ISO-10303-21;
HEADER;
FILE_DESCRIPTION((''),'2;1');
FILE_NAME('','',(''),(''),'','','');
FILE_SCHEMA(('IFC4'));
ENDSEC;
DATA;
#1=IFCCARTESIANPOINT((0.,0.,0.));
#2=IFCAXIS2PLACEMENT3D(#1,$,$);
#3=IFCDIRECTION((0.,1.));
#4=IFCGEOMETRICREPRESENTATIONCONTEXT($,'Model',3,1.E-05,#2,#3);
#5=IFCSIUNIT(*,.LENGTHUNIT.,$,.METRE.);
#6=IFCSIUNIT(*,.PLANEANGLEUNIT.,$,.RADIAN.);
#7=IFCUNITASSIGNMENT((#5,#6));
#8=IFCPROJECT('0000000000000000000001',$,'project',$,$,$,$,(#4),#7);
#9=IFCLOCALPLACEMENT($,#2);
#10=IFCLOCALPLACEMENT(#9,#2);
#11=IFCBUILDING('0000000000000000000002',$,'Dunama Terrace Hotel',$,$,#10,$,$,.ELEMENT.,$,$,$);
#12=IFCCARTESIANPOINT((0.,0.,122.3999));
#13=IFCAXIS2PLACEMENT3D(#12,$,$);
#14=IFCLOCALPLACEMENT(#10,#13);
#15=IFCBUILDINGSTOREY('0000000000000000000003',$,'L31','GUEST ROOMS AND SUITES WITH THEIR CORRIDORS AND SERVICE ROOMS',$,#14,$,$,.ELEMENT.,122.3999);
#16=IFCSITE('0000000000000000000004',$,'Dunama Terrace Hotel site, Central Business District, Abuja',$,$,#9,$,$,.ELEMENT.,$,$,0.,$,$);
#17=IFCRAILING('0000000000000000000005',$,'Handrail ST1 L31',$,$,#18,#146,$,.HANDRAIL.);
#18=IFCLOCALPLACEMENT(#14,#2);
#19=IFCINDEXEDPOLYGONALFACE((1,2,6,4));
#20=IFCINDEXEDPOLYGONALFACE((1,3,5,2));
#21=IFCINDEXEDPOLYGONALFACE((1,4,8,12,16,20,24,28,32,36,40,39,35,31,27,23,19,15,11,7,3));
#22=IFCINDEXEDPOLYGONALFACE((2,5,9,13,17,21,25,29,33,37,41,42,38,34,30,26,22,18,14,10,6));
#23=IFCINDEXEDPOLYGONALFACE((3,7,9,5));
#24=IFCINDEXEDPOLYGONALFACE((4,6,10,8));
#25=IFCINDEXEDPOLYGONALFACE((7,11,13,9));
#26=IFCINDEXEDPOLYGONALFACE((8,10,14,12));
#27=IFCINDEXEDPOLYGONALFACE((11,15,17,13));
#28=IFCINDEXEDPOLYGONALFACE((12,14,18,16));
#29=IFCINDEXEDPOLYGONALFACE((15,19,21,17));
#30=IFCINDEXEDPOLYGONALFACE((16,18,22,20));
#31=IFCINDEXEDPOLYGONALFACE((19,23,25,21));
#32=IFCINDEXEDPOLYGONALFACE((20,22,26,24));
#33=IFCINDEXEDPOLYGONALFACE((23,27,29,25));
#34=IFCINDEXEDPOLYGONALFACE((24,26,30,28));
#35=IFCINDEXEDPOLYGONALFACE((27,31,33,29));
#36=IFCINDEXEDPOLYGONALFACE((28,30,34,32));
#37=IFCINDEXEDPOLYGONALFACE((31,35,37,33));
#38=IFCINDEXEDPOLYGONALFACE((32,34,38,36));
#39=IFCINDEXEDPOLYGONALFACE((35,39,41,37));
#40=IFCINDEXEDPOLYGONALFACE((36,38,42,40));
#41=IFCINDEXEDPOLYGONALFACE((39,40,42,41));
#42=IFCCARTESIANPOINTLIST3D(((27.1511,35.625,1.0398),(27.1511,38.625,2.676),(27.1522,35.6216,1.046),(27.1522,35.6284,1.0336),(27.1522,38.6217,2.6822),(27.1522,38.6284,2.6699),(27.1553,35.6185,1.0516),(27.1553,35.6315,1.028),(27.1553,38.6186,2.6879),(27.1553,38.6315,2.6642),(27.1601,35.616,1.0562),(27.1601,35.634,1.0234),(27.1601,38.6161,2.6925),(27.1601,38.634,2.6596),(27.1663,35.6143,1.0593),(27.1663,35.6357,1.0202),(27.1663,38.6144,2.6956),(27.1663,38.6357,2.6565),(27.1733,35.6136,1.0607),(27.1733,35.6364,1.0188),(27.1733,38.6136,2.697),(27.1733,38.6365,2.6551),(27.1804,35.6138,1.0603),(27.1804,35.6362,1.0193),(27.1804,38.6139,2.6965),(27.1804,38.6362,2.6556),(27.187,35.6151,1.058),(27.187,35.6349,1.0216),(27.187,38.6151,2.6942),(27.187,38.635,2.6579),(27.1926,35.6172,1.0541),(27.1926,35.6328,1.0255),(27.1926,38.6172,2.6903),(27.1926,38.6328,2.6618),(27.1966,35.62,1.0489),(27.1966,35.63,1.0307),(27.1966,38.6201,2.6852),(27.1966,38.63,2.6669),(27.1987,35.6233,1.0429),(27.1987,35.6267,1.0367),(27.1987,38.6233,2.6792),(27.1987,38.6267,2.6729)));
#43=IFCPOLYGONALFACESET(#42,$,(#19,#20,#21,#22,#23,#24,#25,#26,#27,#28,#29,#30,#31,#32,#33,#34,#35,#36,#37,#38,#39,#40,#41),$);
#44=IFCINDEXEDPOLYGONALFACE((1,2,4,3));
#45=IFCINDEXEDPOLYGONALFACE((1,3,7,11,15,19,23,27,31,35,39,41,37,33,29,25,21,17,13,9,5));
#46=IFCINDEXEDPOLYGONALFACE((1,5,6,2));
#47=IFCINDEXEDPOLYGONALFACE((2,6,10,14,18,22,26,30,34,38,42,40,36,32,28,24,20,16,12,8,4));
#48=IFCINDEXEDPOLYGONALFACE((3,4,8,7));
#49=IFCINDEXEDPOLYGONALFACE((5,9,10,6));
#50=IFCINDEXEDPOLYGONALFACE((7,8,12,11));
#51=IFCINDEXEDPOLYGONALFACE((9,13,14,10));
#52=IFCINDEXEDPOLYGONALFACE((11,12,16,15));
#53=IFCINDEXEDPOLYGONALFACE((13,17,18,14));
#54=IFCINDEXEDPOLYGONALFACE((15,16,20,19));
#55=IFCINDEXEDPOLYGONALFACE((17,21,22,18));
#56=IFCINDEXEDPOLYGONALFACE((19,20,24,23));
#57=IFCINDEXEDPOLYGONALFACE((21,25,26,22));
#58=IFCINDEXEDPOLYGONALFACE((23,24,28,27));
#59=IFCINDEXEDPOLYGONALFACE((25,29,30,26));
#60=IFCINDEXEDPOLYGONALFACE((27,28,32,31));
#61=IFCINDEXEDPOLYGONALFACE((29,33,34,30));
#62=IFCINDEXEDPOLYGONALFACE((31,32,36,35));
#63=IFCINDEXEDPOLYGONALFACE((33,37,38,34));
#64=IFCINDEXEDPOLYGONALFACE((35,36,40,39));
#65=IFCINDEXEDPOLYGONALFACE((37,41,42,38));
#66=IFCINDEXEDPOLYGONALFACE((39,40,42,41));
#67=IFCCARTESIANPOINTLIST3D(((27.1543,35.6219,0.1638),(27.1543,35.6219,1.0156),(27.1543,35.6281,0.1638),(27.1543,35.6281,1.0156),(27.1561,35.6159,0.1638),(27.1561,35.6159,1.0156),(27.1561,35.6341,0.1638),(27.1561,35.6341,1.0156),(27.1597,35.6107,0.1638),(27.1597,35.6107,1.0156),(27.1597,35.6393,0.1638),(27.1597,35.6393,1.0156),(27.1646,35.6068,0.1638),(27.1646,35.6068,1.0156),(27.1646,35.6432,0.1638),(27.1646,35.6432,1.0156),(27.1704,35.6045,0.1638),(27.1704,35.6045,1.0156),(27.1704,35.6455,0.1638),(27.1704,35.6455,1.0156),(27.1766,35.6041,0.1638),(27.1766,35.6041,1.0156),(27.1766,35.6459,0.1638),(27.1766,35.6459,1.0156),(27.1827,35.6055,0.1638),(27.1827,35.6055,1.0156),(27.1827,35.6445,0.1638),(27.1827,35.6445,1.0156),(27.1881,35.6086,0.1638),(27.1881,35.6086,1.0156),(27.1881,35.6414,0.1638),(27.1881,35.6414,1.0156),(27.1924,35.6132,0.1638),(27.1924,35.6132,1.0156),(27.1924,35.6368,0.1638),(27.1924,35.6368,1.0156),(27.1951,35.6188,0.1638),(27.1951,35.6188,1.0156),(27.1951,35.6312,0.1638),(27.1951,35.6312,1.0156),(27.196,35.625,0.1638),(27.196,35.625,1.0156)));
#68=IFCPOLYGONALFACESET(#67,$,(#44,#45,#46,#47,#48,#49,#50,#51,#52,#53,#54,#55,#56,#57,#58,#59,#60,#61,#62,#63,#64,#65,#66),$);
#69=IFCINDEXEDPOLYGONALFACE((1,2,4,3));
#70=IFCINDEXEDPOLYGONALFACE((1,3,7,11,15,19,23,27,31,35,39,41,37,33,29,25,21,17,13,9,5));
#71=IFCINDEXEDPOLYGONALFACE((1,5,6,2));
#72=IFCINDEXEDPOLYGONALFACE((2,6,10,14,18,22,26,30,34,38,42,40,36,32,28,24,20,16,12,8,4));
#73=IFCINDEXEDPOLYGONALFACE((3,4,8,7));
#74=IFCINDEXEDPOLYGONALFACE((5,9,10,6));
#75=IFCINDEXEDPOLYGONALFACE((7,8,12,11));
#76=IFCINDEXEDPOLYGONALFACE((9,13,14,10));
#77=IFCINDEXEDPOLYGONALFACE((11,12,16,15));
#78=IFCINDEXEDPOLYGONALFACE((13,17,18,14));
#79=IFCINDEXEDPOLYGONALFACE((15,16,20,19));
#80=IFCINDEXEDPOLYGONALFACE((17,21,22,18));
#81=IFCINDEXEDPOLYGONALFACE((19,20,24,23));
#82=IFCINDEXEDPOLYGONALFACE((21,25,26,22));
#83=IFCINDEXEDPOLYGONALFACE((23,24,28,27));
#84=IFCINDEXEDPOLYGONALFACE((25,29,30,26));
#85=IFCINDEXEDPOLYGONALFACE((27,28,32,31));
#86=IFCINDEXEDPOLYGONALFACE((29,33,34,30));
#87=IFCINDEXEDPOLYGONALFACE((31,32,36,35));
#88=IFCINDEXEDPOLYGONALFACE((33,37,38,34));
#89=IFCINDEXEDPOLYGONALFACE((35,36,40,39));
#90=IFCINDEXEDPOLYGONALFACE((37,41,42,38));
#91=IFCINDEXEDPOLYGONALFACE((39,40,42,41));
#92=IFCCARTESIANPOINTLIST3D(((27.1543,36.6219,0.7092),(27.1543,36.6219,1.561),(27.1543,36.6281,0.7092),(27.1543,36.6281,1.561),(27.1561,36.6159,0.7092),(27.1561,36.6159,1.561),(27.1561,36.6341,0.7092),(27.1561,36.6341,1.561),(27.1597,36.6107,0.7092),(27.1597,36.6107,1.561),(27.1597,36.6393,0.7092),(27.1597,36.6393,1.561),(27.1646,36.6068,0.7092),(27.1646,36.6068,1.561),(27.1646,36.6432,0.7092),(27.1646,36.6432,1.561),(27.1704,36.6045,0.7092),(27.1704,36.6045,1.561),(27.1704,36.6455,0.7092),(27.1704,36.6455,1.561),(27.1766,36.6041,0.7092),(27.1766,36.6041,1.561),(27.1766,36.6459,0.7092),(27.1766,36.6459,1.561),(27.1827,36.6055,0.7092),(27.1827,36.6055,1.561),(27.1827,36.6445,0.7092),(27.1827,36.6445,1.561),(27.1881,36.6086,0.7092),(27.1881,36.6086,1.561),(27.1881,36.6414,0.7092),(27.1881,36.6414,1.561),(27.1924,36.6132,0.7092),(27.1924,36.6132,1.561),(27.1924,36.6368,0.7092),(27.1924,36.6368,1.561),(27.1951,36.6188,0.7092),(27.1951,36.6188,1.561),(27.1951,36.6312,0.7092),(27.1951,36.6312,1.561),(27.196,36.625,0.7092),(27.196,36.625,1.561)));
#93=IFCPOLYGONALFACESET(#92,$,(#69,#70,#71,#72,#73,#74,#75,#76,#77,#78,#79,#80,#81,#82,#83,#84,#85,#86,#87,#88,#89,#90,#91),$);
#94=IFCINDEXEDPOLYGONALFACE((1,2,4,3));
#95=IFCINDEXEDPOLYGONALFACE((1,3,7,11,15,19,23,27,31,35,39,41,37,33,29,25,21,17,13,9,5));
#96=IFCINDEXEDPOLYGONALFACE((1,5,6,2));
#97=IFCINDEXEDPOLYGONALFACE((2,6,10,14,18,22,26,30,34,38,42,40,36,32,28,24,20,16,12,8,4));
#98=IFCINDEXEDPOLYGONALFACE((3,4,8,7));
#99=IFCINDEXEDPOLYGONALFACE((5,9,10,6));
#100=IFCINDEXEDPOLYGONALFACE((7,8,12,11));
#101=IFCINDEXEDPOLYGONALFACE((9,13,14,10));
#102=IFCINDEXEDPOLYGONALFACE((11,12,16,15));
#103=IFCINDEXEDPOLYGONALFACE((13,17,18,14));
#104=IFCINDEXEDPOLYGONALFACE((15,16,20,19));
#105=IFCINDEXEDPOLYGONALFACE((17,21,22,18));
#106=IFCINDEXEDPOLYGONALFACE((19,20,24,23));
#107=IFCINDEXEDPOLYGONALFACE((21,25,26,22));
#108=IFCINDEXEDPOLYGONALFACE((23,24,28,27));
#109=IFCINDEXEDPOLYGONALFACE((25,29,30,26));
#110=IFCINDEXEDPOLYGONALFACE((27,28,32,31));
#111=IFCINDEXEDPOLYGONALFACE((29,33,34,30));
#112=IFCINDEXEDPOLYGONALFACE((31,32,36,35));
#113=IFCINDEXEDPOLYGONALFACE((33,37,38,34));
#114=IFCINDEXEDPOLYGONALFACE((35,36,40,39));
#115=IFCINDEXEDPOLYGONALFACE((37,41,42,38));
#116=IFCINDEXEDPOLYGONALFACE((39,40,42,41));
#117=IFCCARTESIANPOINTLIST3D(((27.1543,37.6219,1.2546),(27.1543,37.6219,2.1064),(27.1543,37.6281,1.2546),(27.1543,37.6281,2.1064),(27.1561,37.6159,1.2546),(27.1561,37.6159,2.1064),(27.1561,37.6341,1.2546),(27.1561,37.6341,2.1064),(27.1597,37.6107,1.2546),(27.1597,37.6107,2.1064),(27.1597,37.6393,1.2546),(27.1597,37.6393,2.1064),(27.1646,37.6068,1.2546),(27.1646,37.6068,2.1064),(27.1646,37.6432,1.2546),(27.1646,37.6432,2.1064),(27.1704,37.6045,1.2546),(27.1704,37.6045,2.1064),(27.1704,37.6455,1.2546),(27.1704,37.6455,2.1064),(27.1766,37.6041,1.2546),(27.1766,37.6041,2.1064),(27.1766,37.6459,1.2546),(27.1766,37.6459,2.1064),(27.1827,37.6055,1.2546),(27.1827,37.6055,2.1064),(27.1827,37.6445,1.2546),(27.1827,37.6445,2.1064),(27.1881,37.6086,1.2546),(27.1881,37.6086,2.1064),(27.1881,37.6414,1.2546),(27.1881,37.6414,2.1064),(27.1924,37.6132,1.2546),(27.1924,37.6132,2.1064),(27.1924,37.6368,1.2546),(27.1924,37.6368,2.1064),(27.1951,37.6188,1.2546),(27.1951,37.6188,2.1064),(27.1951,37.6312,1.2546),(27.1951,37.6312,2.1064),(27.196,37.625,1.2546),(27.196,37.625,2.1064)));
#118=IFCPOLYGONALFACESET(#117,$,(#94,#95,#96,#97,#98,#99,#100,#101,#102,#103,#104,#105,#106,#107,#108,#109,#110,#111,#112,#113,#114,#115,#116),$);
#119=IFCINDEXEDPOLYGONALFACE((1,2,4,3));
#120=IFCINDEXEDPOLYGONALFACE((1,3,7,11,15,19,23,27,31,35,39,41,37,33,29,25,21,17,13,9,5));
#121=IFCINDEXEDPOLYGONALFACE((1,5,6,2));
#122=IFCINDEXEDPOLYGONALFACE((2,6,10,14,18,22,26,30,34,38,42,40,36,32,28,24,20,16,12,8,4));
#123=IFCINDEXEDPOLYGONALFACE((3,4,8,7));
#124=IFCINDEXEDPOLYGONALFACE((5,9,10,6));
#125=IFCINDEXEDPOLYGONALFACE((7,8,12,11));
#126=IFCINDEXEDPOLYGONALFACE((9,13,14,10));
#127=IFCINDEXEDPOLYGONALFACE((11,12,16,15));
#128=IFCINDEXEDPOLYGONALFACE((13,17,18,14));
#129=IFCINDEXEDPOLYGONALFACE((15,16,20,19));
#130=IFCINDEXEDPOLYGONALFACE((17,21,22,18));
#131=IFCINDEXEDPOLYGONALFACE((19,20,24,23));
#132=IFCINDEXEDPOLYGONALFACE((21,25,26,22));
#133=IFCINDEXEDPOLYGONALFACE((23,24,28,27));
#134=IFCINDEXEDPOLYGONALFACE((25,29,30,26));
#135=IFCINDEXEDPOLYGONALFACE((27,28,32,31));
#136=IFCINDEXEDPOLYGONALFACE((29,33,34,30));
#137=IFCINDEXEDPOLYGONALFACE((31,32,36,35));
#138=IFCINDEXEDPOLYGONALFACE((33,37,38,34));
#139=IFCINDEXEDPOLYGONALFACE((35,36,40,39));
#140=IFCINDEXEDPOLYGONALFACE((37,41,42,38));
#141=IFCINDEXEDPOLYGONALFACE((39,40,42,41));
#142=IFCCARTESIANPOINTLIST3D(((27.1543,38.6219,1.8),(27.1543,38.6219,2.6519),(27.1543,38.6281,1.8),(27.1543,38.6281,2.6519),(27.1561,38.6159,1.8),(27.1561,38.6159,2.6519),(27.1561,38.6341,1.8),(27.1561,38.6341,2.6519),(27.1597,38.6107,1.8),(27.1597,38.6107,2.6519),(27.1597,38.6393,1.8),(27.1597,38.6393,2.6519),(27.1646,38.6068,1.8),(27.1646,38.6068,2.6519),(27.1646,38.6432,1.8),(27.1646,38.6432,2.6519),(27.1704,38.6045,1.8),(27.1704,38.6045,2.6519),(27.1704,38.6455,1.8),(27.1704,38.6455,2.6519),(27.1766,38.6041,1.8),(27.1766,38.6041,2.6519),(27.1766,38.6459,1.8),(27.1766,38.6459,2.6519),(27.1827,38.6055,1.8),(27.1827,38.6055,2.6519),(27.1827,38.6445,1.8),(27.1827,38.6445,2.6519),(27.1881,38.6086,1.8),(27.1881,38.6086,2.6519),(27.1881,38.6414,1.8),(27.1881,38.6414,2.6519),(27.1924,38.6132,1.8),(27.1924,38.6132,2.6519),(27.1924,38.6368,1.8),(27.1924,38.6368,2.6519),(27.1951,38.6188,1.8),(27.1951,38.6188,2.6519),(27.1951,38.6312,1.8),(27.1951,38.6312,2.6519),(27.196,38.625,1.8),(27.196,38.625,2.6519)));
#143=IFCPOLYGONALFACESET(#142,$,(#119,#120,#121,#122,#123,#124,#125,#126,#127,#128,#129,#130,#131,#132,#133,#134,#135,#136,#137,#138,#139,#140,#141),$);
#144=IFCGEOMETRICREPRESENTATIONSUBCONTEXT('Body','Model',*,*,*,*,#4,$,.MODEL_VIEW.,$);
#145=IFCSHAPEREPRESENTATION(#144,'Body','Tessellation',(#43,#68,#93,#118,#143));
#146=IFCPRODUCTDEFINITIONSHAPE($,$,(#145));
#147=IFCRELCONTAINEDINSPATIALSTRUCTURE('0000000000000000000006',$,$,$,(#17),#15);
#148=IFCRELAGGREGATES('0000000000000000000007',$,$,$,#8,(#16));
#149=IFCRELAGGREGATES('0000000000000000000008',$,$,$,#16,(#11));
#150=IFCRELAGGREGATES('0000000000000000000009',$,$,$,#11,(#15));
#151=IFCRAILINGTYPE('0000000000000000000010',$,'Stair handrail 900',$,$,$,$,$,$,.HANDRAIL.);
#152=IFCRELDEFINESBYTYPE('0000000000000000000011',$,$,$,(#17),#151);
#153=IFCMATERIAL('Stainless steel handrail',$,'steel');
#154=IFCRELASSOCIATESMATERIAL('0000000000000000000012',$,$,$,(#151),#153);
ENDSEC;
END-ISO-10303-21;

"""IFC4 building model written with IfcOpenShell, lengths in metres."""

from ifc_helpers import new_model, si_unit, direction, frame, origin, origin_2d, place, context, subcontext, project, spatial, circle, extrude, material, type_object, element, save


model = new_model("IFC4")

# Units and contexts
model_context = context("Model", 3, precision=1e-05, world=origin(), true_north=direction((0.0, 1.0)))
body_context = subcontext(model_context, "Body", "Model", "MODEL_VIEW")
ifc_project = project(units=[si_unit("LENGTHUNIT", "METRE"), si_unit("PLANEANGLEUNIT", "RADIAN")], contexts=[model_context])

# Site, building, storey
site_placement = place(None, origin())
site = spatial("IfcSite", under=ifc_project, at=site_placement, Name="Dunama Terrace Hotel site, Central Business District, Abuja", CompositionType="ELEMENT", RefElevation=0.0)
building_placement = place(site_placement, origin())
building = spatial("IfcBuilding", under=site, at=building_placement, Name="Dunama Terrace Hotel", CompositionType="ELEMENT")
storey_placement = place(building_placement, frame((0.0, 0.0, 122.3999)))
storey = spatial("IfcBuildingStorey", under=building, at=storey_placement, Name="L31", Description="GUEST ROOMS AND SUITES WITH THEIR CORRIDORS AND SERVICE ROOMS", CompositionType="ELEMENT", Elevation=122.3999)

# Railing
ifc_material_1 = material(Name="Stainless steel handrail", Category="steel")
railing_type = type_object("IfcRailingType", Name="Stair handrail 900", PredefinedType="HANDRAIL", material=ifc_material_1)
railing_1_placement = place(storey_placement, frame((27.175, 35.625, 0.1638)))
element("IfcRailing", 1, at=railing_1_placement, inside=storey, type_object=railing_type, Name="Handrail ST1 L31", PredefinedType="HANDRAIL", context=body_context, shape_type="SweptSolid", body=[
    extrude(circle(Radius=0.0239, at=origin_2d()), frame((0.0, 0.0, 0.876), z_axis=(0.0, 0.877912, 0.478822), x_axis=(-1.0, 0.0, 0.0)), (0.0, 0.0, 1.0), 3.4172),
    extrude(circle(Radius=0.021, at=origin_2d()), origin(), (0.0, 0.0, 1.0), 0.8518),
    extrude(circle(Radius=0.021, at=origin_2d()), frame((0.0, 1.0, 0.5454)), (0.0, 0.0, 1.0), 0.8518),
    extrude(circle(Radius=0.021, at=origin_2d()), frame((0.0, 2.0, 1.0908)), (0.0, 0.0, 1.0), 0.8518),
    extrude(circle(Radius=0.021, at=origin_2d()), frame((0.0, 3.0, 1.6362)), (0.0, 0.0, 1.0), 0.8518),
])

save(model, "model.ifc")
